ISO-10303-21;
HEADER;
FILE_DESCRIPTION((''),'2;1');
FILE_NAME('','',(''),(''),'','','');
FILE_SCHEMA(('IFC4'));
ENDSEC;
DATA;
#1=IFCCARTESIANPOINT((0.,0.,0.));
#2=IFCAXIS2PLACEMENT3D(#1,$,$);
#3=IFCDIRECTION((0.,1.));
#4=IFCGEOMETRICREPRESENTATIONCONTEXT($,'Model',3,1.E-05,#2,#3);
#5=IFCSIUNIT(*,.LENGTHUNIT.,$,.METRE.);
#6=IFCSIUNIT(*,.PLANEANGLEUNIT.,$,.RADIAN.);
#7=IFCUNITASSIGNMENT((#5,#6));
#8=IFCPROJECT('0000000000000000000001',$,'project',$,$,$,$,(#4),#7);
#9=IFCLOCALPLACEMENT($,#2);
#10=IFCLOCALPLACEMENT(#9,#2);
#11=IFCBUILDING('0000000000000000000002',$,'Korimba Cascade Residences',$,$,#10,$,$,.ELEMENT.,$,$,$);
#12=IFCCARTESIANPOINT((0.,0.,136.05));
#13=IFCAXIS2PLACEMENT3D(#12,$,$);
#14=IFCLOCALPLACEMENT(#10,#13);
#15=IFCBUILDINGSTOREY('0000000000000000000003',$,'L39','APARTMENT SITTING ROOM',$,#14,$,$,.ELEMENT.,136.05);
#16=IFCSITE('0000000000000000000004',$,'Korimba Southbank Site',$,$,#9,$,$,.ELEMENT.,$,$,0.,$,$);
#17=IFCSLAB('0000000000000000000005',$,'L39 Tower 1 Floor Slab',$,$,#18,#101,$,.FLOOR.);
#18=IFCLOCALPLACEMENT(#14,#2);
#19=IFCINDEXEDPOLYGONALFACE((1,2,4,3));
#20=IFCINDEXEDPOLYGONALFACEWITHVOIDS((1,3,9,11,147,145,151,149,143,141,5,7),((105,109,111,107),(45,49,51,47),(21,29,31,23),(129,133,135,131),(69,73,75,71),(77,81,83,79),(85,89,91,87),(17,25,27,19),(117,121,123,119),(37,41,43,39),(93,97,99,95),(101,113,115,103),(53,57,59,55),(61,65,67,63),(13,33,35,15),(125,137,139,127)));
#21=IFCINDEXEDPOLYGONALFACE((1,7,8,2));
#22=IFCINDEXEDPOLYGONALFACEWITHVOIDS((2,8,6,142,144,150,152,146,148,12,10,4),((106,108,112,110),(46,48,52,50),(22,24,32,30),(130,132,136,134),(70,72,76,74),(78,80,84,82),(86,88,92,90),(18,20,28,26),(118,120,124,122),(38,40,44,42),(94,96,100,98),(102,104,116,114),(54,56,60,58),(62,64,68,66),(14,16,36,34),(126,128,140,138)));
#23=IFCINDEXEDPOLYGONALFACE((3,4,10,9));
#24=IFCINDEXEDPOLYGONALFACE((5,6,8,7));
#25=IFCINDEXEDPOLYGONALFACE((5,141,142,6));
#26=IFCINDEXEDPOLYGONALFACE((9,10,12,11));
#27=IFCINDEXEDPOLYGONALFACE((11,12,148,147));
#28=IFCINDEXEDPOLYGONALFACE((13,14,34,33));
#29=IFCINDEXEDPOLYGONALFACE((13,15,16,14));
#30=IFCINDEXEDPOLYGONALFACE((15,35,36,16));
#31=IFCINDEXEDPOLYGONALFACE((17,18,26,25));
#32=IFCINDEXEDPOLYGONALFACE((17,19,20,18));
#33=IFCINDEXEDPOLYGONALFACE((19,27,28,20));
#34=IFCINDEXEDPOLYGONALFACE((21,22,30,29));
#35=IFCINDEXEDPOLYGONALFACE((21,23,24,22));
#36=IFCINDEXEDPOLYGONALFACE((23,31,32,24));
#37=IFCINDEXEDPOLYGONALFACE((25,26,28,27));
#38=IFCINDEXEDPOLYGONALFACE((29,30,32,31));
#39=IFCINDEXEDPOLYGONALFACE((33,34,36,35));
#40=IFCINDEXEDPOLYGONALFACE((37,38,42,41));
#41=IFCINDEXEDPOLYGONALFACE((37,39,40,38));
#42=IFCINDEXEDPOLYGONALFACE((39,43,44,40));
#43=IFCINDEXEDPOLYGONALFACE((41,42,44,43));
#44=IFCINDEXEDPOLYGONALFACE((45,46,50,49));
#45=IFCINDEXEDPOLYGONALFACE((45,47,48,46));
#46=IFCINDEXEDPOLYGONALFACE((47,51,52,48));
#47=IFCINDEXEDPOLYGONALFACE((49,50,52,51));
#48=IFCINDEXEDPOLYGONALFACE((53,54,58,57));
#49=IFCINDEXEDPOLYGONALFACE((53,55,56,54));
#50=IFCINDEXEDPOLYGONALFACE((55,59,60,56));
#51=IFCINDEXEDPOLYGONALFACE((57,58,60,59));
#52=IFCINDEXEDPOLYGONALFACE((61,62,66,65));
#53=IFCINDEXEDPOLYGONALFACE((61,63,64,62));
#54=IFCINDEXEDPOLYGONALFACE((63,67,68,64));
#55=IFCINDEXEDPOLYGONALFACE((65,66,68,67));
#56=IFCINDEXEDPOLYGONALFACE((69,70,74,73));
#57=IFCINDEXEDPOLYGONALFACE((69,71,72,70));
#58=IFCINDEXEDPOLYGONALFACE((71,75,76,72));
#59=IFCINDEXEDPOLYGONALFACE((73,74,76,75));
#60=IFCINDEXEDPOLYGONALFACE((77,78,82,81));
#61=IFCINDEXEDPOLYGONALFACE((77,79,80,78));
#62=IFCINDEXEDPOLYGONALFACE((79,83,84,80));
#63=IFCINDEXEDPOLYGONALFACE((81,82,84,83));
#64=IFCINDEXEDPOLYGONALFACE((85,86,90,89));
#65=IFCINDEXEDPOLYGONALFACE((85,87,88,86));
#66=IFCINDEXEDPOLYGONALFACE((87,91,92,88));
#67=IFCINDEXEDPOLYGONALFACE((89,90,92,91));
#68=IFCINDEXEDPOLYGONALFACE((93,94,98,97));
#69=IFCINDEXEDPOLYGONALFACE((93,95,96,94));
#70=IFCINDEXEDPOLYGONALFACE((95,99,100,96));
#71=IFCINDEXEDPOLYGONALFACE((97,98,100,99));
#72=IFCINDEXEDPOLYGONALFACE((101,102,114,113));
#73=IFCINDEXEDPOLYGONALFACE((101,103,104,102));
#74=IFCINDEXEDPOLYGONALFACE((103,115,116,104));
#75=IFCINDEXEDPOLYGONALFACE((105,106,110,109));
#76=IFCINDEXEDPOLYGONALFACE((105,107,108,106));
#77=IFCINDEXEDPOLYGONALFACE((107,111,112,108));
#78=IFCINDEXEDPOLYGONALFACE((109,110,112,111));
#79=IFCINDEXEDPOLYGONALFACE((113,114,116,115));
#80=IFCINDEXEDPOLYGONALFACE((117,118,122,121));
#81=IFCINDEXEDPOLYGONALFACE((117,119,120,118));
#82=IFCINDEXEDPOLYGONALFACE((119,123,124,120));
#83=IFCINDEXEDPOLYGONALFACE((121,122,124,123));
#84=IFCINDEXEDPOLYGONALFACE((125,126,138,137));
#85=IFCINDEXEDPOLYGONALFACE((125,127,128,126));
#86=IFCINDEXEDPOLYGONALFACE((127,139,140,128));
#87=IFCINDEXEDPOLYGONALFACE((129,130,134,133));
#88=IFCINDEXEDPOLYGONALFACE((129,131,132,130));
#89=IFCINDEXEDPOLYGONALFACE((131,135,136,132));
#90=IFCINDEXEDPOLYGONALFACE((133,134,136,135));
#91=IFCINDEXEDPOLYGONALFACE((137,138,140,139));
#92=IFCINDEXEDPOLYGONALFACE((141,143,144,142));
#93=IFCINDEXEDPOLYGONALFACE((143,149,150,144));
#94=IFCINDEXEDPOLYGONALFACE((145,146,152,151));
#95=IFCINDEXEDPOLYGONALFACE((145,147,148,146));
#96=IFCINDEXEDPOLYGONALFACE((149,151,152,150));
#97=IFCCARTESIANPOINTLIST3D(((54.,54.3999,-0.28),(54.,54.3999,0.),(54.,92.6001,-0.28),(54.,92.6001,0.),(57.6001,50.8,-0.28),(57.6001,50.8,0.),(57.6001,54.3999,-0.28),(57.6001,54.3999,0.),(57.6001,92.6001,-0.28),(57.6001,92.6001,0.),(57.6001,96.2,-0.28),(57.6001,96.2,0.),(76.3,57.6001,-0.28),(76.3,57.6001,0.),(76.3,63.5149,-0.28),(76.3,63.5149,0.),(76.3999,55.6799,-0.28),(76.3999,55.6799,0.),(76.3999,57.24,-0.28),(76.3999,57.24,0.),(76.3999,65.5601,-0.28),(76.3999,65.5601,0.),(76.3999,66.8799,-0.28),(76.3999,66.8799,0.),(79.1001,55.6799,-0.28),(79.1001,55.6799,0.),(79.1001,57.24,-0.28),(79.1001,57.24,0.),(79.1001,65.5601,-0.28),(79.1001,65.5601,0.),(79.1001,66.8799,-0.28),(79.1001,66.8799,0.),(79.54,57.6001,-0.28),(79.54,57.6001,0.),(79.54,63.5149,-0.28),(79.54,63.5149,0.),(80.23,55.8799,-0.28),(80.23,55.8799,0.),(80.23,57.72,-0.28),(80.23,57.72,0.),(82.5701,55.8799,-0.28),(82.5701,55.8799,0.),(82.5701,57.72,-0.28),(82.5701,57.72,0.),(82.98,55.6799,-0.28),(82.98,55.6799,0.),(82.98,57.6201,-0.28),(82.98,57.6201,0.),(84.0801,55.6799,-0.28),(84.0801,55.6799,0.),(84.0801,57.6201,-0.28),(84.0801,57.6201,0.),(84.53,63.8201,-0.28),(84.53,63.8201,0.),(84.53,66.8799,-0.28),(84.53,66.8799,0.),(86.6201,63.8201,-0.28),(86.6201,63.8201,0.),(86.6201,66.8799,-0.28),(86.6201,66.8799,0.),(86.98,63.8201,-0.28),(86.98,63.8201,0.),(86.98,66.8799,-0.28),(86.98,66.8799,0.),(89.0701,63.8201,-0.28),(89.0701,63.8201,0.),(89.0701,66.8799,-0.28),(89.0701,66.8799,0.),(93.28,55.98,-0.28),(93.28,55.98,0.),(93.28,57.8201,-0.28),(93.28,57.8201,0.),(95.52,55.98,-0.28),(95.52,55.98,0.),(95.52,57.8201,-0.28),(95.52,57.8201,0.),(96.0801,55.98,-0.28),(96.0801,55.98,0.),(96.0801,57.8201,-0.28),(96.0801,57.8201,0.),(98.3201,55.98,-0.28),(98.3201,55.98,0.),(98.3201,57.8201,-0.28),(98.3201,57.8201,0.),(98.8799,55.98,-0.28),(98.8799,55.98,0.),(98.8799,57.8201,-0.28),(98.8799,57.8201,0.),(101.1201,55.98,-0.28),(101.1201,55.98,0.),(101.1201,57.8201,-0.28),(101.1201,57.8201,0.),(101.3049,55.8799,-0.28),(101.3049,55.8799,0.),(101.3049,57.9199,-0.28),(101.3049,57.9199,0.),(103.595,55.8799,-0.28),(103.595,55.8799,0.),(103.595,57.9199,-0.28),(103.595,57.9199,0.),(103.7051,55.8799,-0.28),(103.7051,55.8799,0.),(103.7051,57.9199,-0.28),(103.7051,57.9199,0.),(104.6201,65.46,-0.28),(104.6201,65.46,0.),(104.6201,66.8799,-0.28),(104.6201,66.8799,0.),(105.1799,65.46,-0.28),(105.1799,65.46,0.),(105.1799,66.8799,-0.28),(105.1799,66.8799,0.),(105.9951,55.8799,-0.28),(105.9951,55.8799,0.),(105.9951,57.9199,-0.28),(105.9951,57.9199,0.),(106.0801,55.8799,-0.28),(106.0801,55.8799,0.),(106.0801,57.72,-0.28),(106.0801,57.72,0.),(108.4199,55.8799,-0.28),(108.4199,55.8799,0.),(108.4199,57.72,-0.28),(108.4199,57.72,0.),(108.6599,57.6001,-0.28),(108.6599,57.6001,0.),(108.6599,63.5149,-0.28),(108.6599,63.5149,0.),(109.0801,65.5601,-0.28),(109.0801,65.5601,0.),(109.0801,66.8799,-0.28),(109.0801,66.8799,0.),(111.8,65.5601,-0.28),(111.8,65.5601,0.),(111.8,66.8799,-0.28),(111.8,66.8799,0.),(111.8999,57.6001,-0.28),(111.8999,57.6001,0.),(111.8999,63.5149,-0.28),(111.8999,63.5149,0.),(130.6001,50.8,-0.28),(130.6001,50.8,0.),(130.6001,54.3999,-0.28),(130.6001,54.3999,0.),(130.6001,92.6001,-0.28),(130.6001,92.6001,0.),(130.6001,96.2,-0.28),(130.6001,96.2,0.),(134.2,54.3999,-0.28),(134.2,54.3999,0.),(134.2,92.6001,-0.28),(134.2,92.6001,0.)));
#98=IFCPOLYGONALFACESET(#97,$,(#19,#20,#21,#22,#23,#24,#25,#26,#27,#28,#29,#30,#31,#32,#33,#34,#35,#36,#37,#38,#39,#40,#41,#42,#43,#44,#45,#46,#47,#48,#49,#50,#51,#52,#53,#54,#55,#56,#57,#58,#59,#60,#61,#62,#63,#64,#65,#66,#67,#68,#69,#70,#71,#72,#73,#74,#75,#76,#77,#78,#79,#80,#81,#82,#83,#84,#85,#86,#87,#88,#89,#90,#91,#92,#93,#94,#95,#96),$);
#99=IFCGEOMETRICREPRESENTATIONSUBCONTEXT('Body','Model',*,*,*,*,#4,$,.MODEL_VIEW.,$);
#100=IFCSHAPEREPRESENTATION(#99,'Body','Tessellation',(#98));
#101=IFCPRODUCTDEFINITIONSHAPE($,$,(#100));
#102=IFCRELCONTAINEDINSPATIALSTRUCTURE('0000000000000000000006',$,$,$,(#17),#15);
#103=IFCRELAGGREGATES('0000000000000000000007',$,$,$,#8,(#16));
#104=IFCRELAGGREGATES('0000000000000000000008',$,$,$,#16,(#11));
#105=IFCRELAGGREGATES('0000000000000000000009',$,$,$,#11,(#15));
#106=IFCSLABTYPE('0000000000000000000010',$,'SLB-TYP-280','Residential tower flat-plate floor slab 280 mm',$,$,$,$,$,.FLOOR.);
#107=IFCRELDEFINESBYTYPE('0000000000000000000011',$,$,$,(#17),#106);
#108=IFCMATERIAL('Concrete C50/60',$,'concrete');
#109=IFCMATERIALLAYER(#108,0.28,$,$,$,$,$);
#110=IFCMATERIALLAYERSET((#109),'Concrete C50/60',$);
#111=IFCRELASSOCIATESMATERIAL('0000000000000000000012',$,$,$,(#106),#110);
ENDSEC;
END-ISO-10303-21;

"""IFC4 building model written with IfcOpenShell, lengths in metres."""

from ifc_helpers import new_model, si_unit, direction, frame, origin, place, context, subcontext, project, spatial, polyline, outline, extrude, material, layer, layer_set, type_object, element, save


model = new_model("IFC4")

# Units and contexts
model_context = context("Model", 3, precision=1e-05, world=origin(), true_north=direction((0.0, 1.0)))
body_context = subcontext(model_context, "Body", "Model", "MODEL_VIEW")
ifc_project = project(units=[si_unit("LENGTHUNIT", "METRE"), si_unit("PLANEANGLEUNIT", "RADIAN")], contexts=[model_context])

# Site, building, storey
site_placement = place(None, origin())
site = spatial("IfcSite", under=ifc_project, at=site_placement, Name="Korimba Southbank Site", CompositionType="ELEMENT", RefElevation=0.0)
building_placement = place(site_placement, origin())
building = spatial("IfcBuilding", under=site, at=building_placement, Name="Korimba Cascade Residences", CompositionType="ELEMENT")
storey_placement = place(building_placement, frame((0.0, 0.0, 136.05)))
storey = spatial("IfcBuildingStorey", under=building, at=storey_placement, Name="L39", Description="APARTMENT SITTING ROOM", CompositionType="ELEMENT", Elevation=136.05)

# Shared definitions
ifc_material_1 = material(Name="Concrete C50/60", Category="concrete")

# Slab
ifc_layer_1 = layer(ifc_material_1, 0.28)
ifc_layer_set_1 = layer_set([ifc_layer_1], Name="Concrete C50/60")
slab_type_1 = type_object("IfcSlabType", Name="SLB-TYP-280", Description="Residential tower flat-plate floor slab 280 mm", PredefinedType="FLOOR", material=ifc_layer_set_1)
slab_1_placement = place(storey_placement, frame((0.0, 0.0, -0.28)))
element("IfcSlab", 1, at=slab_1_placement, inside=storey, type_object=slab_type_1, Name="L39 Tower 1 Floor Slab", PredefinedType="FLOOR", context=body_context, shape_type="SweptSolid", body=[
    extrude(outline(polyline([(57.6001, 50.8), (130.6001, 50.8), (130.6001, 54.3999), (134.2, 54.3999), (134.2, 92.6001), (130.6001, 92.6001), (130.6001, 96.2), (57.6001, 96.2), (57.6001, 92.6001), (54.0, 92.6001), (54.0, 54.3999), (57.6001, 54.3999), (57.6001, 50.8)]), holes=[polyline([(76.3, 63.5149), (76.3, 57.6001), (79.54, 57.6001), (79.54, 63.5149), (76.3, 63.5149)]), polyline([(108.6599, 63.5149), (108.6599, 57.6001), (111.8999, 57.6001), (111.8999, 63.5149), (108.6599, 63.5149)]), polyline([(80.23, 55.8799), (82.5701, 55.8799), (82.5701, 57.72), (80.23, 57.72), (80.23, 55.8799)]), polyline([(106.0801, 55.8799), (108.4199, 55.8799), (108.4199, 57.72), (106.0801, 57.72), (106.0801, 55.8799)]), polyline([(93.28, 55.98), (95.52, 55.98), (95.52, 57.8201), (93.28, 57.8201), (93.28, 55.98)]), polyline([(96.0801, 55.98), (98.3201, 55.98), (98.3201, 57.8201), (96.0801, 57.8201), (96.0801, 55.98)]), polyline([(98.8799, 55.98), (101.1201, 55.98), (101.1201, 57.8201), (98.8799, 57.8201), (98.8799, 55.98)]), polyline([(101.3049, 55.8799), (103.595, 55.8799), (103.595, 57.9199), (101.3049, 57.9199), (101.3049, 55.8799)]), polyline([(103.7051, 55.8799), (105.9951, 55.8799), (105.9951, 57.9199), (103.7051, 57.9199), (103.7051, 55.8799)]), polyline([(82.98, 55.6799), (84.0801, 55.6799), (84.0801, 57.6201), (82.98, 57.6201), (82.98, 55.6799)]), polyline([(76.3999, 65.5601), (79.1001, 65.5601), (79.1001, 66.8799), (76.3999, 66.8799), (76.3999, 65.5601)]), polyline([(76.3999, 55.6799), (79.1001, 55.6799), (79.1001, 57.24), (76.3999, 57.24), (76.3999, 55.6799)]), polyline([(84.53, 63.8201), (86.6201, 63.8201), (86.6201, 66.8799), (84.53, 66.8799), (84.53, 63.8201)]), polyline([(86.98, 63.8201), (89.0701, 63.8201), (89.0701, 66.8799), (86.98, 66.8799), (86.98, 63.8201)]), polyline([(104.6201, 65.46), (105.1799, 65.46), (105.1799, 66.8799), (104.6201, 66.8799), (104.6201, 65.46)]), polyline([(109.0801, 65.5601), (111.8, 65.5601), (111.8, 66.8799), (109.0801, 66.8799), (109.0801, 65.5601)])]), origin(), (0.0, 0.0, 1.0), 0.28),
])

save(model, "model.ifc")
